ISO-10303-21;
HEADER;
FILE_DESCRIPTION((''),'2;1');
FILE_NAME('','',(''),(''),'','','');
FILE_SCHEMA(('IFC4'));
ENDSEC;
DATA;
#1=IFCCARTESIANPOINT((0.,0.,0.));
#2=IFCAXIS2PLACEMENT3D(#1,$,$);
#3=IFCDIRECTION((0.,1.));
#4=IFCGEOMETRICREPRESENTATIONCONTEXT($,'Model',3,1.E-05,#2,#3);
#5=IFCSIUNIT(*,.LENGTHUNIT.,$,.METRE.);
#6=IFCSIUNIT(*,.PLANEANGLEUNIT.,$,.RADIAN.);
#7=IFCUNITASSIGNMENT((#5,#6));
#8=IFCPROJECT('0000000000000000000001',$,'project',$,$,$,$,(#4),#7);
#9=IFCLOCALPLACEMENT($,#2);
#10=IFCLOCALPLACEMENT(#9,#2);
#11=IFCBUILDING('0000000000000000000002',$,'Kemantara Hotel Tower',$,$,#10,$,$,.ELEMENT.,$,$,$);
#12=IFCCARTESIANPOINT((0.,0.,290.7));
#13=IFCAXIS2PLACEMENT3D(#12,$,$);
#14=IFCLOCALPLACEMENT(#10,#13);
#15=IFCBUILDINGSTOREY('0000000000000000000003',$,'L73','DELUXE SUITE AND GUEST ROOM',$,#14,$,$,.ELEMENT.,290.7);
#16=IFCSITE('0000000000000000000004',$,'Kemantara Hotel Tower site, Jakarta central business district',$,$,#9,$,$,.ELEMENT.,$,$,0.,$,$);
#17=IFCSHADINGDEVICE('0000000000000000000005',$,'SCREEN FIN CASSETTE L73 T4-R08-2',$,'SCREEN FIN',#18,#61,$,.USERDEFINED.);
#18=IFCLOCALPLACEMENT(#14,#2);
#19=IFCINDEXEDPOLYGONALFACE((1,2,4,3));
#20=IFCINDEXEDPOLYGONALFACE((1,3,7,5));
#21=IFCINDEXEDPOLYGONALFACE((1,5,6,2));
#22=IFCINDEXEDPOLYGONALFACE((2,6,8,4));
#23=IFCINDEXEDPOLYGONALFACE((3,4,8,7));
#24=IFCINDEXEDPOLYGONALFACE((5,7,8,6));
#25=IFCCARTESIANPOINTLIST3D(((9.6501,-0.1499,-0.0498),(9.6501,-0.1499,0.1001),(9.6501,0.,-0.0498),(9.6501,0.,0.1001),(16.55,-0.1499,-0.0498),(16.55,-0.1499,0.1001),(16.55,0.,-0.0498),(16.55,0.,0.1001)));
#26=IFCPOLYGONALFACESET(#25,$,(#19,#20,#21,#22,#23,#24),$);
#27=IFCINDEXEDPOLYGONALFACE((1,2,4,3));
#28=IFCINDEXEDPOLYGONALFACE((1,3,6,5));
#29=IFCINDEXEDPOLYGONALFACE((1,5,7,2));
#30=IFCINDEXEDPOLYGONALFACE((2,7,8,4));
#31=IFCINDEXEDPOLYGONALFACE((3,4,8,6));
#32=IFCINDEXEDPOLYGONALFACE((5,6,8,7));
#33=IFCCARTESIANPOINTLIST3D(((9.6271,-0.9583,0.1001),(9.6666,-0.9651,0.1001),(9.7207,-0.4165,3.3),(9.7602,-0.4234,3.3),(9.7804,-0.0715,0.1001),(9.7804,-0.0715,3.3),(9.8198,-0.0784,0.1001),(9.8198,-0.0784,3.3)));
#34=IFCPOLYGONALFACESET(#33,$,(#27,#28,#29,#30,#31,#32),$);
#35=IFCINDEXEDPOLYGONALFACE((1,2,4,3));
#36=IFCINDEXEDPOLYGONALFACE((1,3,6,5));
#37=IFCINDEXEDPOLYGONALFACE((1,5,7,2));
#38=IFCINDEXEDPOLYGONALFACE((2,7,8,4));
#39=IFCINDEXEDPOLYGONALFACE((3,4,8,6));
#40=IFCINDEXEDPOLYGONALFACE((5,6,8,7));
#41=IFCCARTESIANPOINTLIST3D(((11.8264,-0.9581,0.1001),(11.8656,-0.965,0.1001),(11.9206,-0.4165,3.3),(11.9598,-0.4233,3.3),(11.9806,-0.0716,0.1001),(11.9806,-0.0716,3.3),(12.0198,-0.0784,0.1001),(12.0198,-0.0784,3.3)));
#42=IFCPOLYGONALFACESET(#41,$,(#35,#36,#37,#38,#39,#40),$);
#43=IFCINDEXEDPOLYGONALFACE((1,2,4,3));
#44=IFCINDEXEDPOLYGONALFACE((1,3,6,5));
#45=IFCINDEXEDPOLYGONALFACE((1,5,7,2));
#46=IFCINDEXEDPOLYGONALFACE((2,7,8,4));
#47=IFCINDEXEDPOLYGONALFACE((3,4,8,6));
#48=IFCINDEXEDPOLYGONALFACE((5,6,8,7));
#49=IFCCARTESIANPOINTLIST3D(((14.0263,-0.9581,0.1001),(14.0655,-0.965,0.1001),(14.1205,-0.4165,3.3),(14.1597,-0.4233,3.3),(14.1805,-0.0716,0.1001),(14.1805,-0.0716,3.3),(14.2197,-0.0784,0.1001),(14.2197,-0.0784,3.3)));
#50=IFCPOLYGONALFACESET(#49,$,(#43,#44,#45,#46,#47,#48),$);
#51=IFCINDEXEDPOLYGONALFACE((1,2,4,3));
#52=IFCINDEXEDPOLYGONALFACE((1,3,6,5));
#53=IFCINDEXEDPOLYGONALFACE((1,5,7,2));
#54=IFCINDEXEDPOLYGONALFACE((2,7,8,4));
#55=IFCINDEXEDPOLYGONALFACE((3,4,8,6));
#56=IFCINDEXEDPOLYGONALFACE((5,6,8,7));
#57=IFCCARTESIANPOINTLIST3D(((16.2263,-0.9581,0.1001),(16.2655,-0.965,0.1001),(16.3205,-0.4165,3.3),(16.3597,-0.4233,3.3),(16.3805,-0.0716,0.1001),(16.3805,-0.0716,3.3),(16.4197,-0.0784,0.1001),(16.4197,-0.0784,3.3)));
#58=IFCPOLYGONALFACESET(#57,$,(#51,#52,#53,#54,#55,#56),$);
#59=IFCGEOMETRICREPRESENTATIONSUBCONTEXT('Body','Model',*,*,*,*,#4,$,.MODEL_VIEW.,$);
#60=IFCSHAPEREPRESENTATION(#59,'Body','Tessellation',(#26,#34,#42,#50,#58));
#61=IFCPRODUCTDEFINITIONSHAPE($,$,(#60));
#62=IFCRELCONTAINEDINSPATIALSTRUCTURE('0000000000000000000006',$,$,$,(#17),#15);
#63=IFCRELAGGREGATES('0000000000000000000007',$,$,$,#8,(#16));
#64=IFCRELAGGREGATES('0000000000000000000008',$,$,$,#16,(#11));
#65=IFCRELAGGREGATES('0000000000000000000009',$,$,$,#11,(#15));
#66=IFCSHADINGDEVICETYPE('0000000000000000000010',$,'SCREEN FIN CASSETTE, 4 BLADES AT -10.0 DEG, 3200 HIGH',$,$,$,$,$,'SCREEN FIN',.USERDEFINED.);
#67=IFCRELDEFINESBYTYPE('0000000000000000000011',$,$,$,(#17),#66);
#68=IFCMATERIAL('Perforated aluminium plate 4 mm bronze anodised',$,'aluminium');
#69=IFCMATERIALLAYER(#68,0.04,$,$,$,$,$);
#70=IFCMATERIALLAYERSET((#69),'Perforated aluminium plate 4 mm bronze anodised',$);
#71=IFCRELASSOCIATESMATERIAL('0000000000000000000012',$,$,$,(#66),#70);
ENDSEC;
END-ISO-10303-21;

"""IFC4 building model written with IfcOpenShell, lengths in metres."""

from ifc_helpers import new_model, si_unit, direction, frame, origin, origin_2d, place, context, subcontext, project, spatial, polyline, rectangle, outline, extrude, source, transform, mapped, material, layer, layer_set, type_object, element, save


model = new_model("IFC4")

# Units and contexts
model_context = context("Model", 3, precision=1e-05, world=origin(), true_north=direction((0.0, 1.0)))
body_context = subcontext(model_context, "Body", "Model", "MODEL_VIEW")
ifc_project = project(units=[si_unit("LENGTHUNIT", "METRE"), si_unit("PLANEANGLEUNIT", "RADIAN")], contexts=[model_context])

# Site, building, storey
site_placement = place(None, origin())
site = spatial("IfcSite", under=ifc_project, at=site_placement, Name="Kemantara Hotel Tower site, Jakarta central business district", CompositionType="ELEMENT", RefElevation=0.0)
building_placement = place(site_placement, origin())
building = spatial("IfcBuilding", under=site, at=building_placement, Name="Kemantara Hotel Tower", CompositionType="ELEMENT")
storey_placement = place(building_placement, frame((0.0, 0.0, 290.7)))
storey = spatial("IfcBuildingStorey", under=building, at=storey_placement, Name="L73", Description="DELUXE SUITE AND GUEST ROOM", CompositionType="ELEMENT", Elevation=290.7)

# Shading device
ifc_material_1 = material(Name="Perforated aluminium plate 4 mm bronze anodised", Category="aluminium")
ifc_layer_1 = layer(ifc_material_1, 0.04)
ifc_layer_set_1 = layer_set([ifc_layer_1], Name="Perforated aluminium plate 4 mm bronze anodised")
shading_device_type_1 = type_object("IfcShadingDeviceType", Name="SCREEN FIN CASSETTE, 4 BLADES AT -10.0 DEG, 3200 HIGH", ElementType="SCREEN FIN", PredefinedType="USERDEFINED", material=ifc_layer_set_1)
shared_shape_1 = source(origin(), body_context, "Body", "SweptSolid", [
    extrude(rectangle(XDim=6.8999, YDim=0.1499, at=origin_2d()), frame((3.3, -0.075, -0.1499), z_axis=(0.0, 0.0, 1.0), x_axis=(1.0, 0.0, 0.0)), (0.0, 0.0, 1.0), 0.1499),
    extrude(outline(polyline([(0.0, 0.0), (0.8999, 0.0), (0.3501, 3.2), (0.0, 3.2), (0.0, 0.0)])), frame((0.0198, -0.0784, 0.0), z_axis=(-0.98539, 0.170314, 0.0), x_axis=(-0.170314, -0.98539, 0.0)), (0.0, 0.0, 1.0), 0.04),
    extrude(outline(polyline([(0.0, 0.0), (0.8999, 0.0), (0.3501, 3.2), (0.0, 3.2), (0.0, 0.0)])), frame((2.2197, -0.0784, 0.0), z_axis=(-0.985212, 0.171341, 0.0), x_axis=(-0.171341, -0.985212, 0.0)), (0.0, 0.0, 1.0), 0.0398),
    extrude(outline(polyline([(0.0, 0.0), (0.8999, 0.0), (0.3501, 3.2), (0.0, 3.2), (0.0, 0.0)])), frame((4.4197, -0.0784, 0.0), z_axis=(-0.985212, 0.171341, 0.0), x_axis=(-0.171341, -0.985212, 0.0)), (0.0, 0.0, 1.0), 0.0398),
    extrude(outline(polyline([(0.0, 0.0), (0.8999, 0.0), (0.3501, 3.2), (0.0, 3.2), (0.0, 0.0)])), frame((6.6196, -0.0784, 0.0), z_axis=(-0.985212, 0.171341, 0.0), x_axis=(-0.171341, -0.985212, 0.0)), (0.0, 0.0, 1.0), 0.0398),
])
shading_device_1_placement = place(storey_placement, frame((9.8, 0.0, 0.1001), z_axis=(0.0, 0.0, 1.0), x_axis=(1.0, 0.0, 0.0)))
element("IfcShadingDevice", 1, at=shading_device_1_placement, inside=storey, type_object=shading_device_type_1, Name="SCREEN FIN CASSETTE L73 T4-R08-2", ObjectType="SCREEN FIN", PredefinedType="USERDEFINED", context=body_context, shape_type="MappedRepresentation", body=[
    mapped(shared_shape_1, transform((0.0, 0.0, 0.0))),
])

save(model, "model.ifc")
